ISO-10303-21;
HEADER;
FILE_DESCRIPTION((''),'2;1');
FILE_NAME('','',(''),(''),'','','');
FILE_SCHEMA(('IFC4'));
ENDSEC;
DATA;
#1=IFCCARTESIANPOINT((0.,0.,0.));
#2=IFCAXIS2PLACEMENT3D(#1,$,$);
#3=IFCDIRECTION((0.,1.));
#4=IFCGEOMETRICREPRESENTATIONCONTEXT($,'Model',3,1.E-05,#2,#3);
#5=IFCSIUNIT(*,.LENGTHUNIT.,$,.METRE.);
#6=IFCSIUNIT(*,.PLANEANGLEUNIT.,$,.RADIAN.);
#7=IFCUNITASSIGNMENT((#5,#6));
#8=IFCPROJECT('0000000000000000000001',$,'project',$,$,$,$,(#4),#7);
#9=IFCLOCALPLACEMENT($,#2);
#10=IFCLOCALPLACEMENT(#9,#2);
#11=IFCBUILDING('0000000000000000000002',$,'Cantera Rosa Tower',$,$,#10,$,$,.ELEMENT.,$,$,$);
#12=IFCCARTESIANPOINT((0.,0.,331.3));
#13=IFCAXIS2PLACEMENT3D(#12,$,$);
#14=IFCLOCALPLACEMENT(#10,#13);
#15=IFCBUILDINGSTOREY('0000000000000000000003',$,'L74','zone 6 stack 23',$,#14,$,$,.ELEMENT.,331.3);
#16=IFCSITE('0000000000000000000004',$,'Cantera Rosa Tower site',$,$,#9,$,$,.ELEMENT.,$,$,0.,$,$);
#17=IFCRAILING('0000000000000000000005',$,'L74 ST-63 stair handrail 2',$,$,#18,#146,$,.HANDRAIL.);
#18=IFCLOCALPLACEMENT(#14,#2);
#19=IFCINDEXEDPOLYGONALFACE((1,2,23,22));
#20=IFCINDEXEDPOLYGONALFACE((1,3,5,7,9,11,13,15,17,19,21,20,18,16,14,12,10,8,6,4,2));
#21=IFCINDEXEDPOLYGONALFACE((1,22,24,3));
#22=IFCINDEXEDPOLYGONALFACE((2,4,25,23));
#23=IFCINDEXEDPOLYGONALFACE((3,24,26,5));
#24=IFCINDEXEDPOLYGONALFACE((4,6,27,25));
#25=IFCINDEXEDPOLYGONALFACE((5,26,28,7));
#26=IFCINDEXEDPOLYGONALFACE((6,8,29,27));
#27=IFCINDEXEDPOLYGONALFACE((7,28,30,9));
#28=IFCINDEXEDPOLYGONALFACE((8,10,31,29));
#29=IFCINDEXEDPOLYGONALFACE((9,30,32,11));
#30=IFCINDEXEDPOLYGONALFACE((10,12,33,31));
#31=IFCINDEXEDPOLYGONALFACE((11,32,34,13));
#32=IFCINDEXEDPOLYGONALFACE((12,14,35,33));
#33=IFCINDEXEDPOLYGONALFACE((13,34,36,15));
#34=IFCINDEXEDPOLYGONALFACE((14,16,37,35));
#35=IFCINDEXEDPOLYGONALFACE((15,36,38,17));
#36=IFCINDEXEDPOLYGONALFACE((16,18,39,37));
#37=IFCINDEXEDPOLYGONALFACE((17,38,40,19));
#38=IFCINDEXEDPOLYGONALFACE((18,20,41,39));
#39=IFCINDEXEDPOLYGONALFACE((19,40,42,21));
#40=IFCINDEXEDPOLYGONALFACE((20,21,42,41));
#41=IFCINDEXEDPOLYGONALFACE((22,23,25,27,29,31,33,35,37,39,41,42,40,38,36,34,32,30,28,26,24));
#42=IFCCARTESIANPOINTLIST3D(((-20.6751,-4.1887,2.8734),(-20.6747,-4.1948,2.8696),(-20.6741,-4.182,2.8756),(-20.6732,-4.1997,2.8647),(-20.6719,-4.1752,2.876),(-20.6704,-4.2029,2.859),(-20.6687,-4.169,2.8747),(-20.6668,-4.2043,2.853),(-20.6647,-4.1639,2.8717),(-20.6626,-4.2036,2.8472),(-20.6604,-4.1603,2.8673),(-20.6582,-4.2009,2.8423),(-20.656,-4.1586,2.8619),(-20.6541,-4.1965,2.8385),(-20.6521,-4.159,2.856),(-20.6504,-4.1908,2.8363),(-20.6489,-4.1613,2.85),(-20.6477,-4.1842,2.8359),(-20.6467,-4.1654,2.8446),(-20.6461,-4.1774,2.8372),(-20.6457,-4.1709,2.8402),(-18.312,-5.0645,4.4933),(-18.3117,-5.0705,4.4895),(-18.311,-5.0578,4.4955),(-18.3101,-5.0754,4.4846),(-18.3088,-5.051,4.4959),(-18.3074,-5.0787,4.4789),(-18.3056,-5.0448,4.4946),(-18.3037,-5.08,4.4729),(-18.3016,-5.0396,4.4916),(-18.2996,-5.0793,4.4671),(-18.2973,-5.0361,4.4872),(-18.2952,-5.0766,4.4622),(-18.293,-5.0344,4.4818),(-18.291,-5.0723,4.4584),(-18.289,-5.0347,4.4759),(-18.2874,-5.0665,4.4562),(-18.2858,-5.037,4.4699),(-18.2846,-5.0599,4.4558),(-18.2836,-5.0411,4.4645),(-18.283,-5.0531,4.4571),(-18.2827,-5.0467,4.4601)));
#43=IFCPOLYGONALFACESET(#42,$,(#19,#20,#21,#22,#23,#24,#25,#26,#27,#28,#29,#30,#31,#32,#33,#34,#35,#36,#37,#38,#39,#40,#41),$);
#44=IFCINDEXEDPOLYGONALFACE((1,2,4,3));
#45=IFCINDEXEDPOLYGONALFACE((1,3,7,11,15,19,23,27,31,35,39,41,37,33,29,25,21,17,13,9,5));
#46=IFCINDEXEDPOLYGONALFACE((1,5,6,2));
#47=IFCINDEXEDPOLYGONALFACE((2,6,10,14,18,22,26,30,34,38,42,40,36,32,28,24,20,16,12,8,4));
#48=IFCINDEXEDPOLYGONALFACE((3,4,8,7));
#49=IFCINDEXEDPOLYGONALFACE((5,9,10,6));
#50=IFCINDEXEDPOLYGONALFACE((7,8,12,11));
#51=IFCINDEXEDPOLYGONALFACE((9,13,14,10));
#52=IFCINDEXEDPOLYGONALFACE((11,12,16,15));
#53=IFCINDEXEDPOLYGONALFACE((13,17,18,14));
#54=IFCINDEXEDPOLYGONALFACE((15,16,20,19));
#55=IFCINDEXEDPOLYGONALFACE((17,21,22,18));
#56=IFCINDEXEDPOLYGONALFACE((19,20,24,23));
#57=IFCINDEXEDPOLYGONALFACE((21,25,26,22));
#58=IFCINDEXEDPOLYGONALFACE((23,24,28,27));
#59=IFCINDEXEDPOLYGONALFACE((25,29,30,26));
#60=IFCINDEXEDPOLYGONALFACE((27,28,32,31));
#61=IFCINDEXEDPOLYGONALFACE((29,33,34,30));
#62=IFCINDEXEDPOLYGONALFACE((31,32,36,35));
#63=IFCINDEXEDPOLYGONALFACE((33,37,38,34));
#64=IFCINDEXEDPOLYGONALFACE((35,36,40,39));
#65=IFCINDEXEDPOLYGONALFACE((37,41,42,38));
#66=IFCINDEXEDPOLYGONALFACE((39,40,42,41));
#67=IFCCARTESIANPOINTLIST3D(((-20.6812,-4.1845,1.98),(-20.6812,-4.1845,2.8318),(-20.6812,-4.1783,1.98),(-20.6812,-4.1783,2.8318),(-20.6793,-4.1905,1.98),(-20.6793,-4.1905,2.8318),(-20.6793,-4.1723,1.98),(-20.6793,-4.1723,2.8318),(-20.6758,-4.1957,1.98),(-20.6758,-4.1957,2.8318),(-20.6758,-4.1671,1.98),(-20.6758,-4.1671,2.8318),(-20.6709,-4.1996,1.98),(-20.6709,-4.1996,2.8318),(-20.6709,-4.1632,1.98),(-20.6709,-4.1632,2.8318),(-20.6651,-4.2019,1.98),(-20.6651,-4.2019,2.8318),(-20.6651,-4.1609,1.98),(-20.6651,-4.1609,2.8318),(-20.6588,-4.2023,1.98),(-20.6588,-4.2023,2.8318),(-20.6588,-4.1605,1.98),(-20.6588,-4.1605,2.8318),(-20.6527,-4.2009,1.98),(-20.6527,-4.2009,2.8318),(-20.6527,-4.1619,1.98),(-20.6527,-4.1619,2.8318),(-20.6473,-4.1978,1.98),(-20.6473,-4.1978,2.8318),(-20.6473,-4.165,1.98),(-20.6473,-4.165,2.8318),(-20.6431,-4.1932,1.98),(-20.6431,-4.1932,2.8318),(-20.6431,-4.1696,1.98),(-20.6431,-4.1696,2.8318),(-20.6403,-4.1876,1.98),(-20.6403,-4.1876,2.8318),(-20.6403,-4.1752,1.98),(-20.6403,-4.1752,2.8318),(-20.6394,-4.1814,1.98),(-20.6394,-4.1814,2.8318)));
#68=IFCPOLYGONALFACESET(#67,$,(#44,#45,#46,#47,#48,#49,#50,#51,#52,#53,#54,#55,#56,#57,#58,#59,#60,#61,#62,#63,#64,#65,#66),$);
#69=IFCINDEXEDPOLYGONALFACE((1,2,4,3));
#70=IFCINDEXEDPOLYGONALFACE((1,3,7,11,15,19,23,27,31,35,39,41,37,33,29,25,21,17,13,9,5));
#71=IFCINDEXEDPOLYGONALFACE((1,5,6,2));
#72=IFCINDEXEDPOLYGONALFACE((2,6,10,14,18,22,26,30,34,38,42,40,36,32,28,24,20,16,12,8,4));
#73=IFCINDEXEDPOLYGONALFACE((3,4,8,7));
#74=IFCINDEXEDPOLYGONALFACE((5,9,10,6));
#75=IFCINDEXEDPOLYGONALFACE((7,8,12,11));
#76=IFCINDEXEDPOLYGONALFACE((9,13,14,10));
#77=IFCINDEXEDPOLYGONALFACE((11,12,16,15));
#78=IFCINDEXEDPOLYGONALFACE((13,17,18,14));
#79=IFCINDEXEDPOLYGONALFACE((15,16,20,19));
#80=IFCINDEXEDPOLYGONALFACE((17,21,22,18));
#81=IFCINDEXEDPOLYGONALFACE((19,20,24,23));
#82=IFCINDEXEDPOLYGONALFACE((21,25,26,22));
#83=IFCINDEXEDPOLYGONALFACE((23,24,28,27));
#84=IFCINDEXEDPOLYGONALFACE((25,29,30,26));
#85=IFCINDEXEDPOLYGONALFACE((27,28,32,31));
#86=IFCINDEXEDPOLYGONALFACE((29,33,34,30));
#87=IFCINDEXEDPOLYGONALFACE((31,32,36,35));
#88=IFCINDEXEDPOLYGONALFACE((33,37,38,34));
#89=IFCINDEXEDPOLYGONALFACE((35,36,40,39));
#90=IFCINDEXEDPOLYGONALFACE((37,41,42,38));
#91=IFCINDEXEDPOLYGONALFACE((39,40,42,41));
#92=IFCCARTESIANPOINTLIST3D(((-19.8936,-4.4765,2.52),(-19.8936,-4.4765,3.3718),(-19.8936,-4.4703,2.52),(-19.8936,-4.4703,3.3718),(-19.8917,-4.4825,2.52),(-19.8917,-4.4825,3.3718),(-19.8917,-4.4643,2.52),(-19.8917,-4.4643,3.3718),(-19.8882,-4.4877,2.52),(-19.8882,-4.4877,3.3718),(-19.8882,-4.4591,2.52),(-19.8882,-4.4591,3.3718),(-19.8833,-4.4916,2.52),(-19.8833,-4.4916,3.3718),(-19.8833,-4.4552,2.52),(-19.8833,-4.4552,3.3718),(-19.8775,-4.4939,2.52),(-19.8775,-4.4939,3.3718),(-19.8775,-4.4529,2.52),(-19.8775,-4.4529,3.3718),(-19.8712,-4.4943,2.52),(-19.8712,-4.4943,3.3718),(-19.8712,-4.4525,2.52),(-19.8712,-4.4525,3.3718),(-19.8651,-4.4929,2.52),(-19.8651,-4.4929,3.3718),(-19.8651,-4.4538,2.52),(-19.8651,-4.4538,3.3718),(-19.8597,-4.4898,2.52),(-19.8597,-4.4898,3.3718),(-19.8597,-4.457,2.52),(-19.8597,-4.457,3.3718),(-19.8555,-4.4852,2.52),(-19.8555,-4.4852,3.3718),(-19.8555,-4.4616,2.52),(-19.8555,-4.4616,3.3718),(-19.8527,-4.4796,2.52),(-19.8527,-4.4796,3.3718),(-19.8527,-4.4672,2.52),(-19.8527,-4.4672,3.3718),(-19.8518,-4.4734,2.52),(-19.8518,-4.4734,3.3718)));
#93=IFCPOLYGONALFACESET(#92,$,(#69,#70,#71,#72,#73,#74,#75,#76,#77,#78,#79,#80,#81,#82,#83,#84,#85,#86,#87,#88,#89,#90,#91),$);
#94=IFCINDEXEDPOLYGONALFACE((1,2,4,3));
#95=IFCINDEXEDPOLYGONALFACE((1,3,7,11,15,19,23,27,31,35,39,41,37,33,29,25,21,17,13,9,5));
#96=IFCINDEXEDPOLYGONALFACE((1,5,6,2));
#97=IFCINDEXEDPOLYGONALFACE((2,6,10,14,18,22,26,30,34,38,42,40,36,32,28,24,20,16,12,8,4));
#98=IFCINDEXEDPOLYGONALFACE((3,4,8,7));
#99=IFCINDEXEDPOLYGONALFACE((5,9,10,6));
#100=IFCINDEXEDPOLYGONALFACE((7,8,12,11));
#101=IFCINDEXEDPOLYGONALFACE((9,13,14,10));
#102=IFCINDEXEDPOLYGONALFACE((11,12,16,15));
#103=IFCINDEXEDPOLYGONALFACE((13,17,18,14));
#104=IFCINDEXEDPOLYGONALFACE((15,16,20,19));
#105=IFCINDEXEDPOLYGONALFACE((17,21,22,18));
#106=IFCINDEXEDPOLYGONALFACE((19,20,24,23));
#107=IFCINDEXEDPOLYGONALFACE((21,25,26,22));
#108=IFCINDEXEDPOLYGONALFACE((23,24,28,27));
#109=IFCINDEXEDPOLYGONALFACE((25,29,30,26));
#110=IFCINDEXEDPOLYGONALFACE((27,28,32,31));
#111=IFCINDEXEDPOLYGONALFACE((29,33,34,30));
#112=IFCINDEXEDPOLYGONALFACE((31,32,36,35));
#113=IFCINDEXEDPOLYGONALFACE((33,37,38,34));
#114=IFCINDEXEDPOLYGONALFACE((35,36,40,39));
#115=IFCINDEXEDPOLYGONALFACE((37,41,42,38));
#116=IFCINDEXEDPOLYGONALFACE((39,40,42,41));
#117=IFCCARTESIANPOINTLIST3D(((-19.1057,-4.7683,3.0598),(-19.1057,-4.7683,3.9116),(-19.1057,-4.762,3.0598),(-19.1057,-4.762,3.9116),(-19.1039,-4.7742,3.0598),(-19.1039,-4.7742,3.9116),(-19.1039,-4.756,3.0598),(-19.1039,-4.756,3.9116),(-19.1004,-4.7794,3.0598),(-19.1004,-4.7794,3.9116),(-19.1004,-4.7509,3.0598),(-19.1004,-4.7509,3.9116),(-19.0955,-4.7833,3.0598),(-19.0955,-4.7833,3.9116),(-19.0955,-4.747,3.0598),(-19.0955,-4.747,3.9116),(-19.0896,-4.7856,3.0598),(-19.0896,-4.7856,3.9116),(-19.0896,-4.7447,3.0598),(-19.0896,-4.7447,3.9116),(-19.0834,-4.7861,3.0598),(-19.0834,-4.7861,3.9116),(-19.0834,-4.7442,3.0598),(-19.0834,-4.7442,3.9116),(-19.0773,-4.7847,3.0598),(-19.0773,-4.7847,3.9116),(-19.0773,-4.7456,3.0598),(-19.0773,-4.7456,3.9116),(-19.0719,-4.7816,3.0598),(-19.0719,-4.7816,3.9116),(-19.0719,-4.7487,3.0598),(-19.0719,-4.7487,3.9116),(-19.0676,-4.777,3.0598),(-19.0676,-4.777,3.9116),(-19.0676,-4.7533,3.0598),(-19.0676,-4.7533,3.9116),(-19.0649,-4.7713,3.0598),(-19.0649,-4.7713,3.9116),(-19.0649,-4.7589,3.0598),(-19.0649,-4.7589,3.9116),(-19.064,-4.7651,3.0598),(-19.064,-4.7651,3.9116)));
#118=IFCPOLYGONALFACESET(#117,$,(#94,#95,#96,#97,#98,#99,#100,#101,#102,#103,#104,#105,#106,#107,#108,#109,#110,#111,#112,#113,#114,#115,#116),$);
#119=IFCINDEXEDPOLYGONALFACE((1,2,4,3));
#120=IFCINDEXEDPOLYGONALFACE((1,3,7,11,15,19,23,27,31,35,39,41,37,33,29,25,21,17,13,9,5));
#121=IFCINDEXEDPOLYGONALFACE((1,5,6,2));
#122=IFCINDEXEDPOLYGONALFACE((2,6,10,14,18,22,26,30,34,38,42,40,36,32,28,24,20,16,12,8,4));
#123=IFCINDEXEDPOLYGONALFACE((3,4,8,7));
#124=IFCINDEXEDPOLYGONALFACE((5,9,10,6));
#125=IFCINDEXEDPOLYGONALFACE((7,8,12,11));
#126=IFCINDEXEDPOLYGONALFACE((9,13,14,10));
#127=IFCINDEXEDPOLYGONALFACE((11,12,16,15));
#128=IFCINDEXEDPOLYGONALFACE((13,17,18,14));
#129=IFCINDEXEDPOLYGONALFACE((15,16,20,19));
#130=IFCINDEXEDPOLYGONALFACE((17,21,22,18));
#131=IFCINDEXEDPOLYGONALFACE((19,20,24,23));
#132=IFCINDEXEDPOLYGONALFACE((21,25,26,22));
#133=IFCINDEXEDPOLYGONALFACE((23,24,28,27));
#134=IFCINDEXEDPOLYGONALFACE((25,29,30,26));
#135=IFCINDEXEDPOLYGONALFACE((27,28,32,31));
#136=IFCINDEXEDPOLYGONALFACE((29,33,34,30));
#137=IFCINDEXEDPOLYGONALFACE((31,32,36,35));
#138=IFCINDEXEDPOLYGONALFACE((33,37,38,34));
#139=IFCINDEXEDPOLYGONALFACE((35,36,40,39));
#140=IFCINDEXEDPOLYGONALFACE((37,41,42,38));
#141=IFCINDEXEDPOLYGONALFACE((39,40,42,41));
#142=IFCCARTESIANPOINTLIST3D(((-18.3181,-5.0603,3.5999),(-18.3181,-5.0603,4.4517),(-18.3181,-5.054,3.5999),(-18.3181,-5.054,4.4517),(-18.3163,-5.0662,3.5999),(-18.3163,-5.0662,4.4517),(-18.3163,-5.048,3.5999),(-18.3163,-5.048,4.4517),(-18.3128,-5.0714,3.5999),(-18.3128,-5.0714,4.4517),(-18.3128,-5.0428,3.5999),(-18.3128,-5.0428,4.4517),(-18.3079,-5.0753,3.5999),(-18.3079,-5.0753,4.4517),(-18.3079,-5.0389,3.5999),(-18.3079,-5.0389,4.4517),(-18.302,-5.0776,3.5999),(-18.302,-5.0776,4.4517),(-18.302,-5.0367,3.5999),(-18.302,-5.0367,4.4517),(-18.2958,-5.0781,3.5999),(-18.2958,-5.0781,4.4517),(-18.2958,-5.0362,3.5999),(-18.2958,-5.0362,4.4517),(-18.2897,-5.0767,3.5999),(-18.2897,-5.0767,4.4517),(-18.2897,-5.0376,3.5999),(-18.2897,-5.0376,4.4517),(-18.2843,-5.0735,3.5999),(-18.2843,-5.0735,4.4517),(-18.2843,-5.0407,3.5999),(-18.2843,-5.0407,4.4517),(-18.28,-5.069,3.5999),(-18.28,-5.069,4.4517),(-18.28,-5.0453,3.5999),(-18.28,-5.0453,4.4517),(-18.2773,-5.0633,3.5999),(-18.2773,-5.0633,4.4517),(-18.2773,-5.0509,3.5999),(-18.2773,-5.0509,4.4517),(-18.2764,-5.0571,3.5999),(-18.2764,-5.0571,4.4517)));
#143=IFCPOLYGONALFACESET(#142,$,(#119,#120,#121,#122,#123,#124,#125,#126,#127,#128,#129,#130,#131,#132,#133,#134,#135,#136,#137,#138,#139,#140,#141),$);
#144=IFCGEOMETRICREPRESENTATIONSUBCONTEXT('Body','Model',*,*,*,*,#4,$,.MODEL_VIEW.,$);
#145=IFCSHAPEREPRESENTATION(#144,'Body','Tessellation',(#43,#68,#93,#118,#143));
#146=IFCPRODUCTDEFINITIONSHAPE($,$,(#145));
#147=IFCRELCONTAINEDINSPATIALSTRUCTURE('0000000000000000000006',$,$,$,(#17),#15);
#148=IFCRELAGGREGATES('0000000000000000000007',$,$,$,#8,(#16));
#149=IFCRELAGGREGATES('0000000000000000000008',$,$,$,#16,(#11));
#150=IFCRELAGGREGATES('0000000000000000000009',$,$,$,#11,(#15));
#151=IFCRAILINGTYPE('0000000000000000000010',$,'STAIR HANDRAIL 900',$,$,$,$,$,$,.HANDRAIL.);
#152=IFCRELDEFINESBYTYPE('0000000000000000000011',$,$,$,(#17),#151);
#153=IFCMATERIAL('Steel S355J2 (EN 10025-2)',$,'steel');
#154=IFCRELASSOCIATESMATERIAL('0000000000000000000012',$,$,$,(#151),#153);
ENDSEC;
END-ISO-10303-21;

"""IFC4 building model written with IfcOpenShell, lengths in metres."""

from ifc_helpers import new_model, si_unit, direction, frame, origin, origin_2d, place, context, subcontext, project, spatial, circle, extrude, material, type_object, element, save


model = new_model("IFC4")

# Units and contexts
model_context = context("Model", 3, precision=1e-05, world=origin(), true_north=direction((0.0, 1.0)))
body_context = subcontext(model_context, "Body", "Model", "MODEL_VIEW")
ifc_project = project(units=[si_unit("LENGTHUNIT", "METRE"), si_unit("PLANEANGLEUNIT", "RADIAN")], contexts=[model_context])

# Site, building, storey
site_placement = place(None, origin())
site = spatial("IfcSite", under=ifc_project, at=site_placement, Name="Cantera Rosa Tower site", CompositionType="ELEMENT", RefElevation=0.0)
building_placement = place(site_placement, origin())
building = spatial("IfcBuilding", under=site, at=building_placement, Name="Cantera Rosa Tower", CompositionType="ELEMENT")
storey_placement = place(building_placement, frame((0.0, 0.0, 331.3)))
storey = spatial("IfcBuildingStorey", under=building, at=storey_placement, Name="L74", Description="zone 6 stack 23", CompositionType="ELEMENT", Elevation=331.3)

# Railing
ifc_material_1 = material(Name="Steel S355J2 (EN 10025-2)", Category="steel")
railing_type_1 = type_object("IfcRailingType", Name="STAIR HANDRAIL 900", PredefinedType="HANDRAIL", material=ifc_material_1)
railing_1_placement = place(storey_placement, frame((-20.6604, -4.1814, 1.98)))
element("IfcRailing", 1, at=railing_1_placement, inside=storey, type_object=railing_type_1, Name="L74 ST-63 stair handrail 2", PredefinedType="HANDRAIL", context=body_context, shape_type="SweptSolid", body=[
    extrude(circle(Radius=0.0239, at=origin_2d()), frame((0.0, 0.0, 0.876), z_axis=(0.788782, -0.29232, 0.540714), x_axis=(0.347501, 0.93768, 0.0)), (0.0, 0.0, 1.0), 2.9958),
    extrude(circle(Radius=0.021, at=origin_2d()), origin(), (0.0, 0.0, 1.0), 0.8518),
    extrude(circle(Radius=0.021, at=origin_2d()), frame((0.7876, -0.292, 0.54)), (0.0, 0.0, 1.0), 0.8518),
    extrude(circle(Radius=0.021, at=origin_2d()), frame((1.5754, -0.5837, 1.0798)), (0.0, 0.0, 1.0), 0.8518),
    extrude(circle(Radius=0.021, at=origin_2d()), frame((2.363, -0.8757, 1.6199)), (0.0, 0.0, 1.0), 0.8518),
])

save(model, "model.ifc")
